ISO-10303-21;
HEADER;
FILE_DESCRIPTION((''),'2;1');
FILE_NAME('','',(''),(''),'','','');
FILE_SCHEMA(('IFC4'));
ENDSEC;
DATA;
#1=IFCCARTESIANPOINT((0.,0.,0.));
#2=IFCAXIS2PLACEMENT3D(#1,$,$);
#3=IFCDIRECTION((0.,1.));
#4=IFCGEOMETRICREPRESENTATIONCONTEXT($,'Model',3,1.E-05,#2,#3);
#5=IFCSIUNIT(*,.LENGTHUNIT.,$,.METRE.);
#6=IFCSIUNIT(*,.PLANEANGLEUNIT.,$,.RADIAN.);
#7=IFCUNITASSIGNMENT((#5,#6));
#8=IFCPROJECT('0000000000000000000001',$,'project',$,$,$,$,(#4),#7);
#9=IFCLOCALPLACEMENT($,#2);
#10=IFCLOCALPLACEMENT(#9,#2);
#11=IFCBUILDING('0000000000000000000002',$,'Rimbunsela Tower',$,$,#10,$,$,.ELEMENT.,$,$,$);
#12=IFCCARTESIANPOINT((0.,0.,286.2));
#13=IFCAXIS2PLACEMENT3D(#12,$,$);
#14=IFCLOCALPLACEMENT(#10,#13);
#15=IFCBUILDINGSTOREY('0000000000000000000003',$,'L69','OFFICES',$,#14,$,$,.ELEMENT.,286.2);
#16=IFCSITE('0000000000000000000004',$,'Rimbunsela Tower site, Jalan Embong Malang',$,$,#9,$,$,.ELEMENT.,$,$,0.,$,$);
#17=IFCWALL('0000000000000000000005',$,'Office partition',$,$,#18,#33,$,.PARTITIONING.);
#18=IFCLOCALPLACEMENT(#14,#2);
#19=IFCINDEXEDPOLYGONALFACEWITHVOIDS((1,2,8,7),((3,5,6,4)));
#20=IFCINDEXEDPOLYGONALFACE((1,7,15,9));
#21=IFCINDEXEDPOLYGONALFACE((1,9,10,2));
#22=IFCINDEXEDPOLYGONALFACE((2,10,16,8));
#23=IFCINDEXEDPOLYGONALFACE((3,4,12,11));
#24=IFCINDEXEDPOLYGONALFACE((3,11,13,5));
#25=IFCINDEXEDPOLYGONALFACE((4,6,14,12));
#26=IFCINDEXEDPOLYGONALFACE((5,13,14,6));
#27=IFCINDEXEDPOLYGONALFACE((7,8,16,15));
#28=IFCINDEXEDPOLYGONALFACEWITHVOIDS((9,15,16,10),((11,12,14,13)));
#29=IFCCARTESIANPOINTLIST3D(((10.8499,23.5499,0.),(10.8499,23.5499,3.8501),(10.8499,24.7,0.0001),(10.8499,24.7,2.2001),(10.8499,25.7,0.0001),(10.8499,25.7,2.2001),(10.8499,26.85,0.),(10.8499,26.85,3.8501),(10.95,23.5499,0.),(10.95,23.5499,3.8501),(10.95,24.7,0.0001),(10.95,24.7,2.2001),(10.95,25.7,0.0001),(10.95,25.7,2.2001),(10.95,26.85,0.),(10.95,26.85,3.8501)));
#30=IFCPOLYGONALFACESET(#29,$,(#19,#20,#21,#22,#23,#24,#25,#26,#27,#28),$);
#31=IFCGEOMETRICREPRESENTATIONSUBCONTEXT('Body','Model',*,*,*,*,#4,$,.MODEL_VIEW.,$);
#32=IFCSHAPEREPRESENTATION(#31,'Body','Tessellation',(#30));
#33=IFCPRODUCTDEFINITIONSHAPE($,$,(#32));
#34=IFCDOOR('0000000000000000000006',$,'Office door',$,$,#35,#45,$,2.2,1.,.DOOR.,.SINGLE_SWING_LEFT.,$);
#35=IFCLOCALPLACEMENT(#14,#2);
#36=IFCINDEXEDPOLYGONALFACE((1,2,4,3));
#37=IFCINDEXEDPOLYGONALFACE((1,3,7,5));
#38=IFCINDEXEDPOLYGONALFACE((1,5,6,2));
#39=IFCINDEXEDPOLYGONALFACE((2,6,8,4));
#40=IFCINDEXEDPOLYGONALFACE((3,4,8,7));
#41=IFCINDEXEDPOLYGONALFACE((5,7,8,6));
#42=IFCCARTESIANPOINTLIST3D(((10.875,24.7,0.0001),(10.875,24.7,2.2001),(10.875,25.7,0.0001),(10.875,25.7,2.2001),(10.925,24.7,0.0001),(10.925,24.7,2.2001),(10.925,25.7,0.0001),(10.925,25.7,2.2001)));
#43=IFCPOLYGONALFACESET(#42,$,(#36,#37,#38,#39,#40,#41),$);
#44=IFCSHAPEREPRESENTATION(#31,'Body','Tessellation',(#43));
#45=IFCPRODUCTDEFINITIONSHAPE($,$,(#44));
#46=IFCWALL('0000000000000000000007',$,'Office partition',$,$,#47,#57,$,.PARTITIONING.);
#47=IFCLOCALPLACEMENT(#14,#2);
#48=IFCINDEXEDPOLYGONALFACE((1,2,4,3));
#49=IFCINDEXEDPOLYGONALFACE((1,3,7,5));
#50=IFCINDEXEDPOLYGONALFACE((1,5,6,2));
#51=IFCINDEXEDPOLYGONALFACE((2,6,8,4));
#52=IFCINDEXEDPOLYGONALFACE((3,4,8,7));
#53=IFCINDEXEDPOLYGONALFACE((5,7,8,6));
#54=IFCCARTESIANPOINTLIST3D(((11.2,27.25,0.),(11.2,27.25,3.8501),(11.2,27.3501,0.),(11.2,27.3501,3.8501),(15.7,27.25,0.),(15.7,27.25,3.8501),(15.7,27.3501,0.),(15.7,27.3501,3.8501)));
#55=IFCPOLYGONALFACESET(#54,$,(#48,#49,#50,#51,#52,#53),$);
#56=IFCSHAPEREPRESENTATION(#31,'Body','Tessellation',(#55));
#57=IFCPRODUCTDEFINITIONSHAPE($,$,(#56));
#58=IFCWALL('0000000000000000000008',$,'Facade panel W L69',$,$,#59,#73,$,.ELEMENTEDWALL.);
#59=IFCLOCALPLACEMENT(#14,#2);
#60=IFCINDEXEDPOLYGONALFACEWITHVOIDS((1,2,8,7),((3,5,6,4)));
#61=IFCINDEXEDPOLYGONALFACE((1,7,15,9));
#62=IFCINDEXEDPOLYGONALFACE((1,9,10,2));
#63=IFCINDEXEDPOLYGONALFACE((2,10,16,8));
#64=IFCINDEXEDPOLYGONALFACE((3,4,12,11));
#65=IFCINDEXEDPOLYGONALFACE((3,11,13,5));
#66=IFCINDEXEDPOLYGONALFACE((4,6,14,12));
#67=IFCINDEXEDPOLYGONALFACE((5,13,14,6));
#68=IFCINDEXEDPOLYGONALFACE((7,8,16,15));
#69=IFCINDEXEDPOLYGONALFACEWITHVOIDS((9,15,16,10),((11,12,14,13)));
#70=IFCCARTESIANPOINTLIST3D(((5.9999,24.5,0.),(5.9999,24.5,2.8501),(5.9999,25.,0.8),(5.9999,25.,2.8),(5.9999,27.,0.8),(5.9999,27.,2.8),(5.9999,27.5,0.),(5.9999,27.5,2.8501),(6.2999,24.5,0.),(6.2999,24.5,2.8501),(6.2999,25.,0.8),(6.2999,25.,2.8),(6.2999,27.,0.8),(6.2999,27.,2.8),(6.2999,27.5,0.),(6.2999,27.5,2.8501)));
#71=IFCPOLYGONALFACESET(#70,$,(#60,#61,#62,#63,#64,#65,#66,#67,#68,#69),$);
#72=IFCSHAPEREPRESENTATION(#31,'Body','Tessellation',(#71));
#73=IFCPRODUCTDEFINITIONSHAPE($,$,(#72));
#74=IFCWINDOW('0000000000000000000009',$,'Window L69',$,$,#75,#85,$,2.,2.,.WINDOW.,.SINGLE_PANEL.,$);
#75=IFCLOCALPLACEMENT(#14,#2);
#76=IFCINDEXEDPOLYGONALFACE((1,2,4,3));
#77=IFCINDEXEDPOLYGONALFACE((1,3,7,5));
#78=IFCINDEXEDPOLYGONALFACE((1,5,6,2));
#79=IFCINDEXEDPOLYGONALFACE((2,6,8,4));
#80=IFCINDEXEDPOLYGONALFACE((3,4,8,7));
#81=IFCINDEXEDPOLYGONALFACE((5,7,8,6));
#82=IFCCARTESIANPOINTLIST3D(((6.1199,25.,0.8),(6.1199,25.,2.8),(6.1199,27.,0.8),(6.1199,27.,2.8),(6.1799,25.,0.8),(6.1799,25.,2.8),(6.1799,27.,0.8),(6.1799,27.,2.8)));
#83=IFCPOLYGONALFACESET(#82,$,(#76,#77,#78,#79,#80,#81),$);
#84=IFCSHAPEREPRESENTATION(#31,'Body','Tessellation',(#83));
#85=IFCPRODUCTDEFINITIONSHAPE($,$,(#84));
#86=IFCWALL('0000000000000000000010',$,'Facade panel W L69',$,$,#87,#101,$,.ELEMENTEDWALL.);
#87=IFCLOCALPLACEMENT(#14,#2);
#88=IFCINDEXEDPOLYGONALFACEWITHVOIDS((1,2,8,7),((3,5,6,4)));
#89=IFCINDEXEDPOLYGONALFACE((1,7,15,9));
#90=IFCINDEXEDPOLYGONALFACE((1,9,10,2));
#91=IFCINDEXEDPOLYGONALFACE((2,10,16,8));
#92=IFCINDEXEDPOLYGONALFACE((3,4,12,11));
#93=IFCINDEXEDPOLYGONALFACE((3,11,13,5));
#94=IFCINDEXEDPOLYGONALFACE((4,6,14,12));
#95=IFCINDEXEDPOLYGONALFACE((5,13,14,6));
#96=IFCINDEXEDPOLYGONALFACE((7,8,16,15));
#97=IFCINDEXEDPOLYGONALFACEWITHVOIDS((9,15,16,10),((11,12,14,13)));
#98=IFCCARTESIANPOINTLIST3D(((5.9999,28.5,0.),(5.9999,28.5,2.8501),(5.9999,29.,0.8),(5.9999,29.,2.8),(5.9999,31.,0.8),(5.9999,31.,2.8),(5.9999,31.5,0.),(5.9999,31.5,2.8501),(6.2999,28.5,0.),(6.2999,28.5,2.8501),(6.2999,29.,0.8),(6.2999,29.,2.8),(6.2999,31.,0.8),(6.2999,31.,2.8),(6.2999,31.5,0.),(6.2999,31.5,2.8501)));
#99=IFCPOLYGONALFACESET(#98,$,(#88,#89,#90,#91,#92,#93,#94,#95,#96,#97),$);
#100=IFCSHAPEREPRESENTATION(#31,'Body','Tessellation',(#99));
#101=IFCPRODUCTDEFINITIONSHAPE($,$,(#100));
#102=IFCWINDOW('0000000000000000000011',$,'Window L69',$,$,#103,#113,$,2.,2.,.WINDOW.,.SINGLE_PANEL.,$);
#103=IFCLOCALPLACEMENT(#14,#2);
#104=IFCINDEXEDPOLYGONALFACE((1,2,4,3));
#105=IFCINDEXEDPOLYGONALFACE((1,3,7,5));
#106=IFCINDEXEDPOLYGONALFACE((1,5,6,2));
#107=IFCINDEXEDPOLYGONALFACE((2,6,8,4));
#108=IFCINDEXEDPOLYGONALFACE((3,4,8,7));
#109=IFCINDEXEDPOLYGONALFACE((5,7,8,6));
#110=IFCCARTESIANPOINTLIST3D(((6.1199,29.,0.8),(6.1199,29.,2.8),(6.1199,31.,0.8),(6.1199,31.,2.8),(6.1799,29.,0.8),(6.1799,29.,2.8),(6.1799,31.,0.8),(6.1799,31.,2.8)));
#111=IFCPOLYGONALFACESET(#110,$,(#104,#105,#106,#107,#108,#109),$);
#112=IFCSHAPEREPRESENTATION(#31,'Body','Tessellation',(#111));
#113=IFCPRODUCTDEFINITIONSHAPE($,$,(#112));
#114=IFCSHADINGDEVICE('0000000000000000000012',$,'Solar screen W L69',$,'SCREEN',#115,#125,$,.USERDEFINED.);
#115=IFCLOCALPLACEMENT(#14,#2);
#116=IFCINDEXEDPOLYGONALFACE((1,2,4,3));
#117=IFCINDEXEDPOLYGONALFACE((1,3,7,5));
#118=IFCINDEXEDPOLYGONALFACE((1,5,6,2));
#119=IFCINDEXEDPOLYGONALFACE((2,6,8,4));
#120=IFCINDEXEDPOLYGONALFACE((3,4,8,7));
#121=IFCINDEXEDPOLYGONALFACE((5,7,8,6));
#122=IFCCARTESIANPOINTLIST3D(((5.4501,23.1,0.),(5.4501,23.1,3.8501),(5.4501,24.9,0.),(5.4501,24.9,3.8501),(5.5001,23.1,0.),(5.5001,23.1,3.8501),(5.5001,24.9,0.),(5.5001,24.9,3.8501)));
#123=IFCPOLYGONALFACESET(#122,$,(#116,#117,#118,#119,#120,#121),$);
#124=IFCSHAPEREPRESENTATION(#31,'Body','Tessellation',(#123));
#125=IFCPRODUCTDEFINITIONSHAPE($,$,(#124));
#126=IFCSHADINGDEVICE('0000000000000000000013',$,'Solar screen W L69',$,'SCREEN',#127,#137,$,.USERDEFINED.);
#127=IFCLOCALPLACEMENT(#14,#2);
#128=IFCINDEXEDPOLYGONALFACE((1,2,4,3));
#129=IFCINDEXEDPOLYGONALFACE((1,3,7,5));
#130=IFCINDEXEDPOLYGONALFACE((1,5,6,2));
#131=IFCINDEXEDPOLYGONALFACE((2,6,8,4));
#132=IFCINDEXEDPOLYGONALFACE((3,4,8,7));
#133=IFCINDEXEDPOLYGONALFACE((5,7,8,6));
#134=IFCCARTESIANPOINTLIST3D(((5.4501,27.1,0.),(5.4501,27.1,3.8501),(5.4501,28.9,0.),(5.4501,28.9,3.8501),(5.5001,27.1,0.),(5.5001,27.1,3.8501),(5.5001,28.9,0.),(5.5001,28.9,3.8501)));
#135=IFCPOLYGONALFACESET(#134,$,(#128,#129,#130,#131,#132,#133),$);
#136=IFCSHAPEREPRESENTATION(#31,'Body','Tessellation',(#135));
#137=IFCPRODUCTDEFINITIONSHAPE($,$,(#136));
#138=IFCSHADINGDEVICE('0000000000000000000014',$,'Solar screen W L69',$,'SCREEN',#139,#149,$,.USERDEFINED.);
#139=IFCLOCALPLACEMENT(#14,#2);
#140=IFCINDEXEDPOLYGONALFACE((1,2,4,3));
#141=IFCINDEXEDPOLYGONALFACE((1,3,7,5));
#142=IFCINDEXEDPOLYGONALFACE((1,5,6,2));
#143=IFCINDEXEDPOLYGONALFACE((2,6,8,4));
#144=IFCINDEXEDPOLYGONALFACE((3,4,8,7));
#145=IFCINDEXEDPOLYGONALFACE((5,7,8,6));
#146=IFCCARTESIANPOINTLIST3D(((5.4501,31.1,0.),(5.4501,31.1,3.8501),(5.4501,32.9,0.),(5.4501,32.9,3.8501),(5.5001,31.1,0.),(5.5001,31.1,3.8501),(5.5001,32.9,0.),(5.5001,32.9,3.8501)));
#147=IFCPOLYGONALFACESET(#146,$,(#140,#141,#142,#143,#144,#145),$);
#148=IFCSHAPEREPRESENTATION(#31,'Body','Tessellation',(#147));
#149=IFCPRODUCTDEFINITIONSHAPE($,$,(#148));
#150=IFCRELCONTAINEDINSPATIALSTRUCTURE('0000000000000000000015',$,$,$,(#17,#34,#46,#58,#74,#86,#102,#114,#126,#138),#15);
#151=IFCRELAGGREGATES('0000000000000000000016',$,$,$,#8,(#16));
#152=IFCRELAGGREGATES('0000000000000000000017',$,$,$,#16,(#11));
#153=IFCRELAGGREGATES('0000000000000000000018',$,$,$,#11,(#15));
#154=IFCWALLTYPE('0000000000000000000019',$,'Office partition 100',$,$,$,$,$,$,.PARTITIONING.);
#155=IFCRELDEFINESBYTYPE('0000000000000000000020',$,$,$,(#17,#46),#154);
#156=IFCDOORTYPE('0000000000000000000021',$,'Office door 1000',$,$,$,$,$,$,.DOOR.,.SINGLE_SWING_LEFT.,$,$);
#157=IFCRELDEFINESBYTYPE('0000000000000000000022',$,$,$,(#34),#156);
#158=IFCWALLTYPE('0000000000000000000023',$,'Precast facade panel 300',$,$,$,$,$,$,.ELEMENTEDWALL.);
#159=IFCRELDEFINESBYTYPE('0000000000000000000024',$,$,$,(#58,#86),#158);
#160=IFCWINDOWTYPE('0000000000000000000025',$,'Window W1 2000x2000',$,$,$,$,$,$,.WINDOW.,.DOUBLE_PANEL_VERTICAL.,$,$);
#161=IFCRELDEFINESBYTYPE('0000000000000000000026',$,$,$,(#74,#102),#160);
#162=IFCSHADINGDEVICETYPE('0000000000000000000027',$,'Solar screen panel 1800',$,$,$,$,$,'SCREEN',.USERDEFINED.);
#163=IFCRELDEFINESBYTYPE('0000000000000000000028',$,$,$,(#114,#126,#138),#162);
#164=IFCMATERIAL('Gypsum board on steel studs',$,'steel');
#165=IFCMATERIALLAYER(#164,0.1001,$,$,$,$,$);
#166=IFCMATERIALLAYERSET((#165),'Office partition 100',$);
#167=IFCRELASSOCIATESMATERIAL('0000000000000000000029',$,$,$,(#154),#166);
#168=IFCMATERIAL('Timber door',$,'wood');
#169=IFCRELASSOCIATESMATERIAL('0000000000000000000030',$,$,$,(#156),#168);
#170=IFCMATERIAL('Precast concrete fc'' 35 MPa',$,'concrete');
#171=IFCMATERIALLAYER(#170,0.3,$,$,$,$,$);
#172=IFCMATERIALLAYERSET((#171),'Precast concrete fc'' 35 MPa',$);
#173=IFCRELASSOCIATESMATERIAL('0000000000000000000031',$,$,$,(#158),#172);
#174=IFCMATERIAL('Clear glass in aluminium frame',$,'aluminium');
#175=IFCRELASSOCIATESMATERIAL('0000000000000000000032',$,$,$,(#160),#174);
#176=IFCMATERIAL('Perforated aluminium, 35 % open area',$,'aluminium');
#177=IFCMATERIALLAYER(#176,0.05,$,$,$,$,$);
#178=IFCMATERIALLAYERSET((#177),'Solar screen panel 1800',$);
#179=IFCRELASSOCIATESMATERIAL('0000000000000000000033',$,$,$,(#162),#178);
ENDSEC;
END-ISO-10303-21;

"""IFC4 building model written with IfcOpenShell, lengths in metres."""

from ifc_helpers import new_model, si_unit, direction, frame, frame_2d, origin, origin_2d, place, context, subcontext, project, spatial, rectangle, extrude, material, layer, layer_set, type_object, element, fill, save


model = new_model("IFC4")

# Units and contexts
model_context = context("Model", 3, precision=1e-05, world=origin(), true_north=direction((0.0, 1.0)))
body_context = subcontext(model_context, "Body", "Model", "MODEL_VIEW")
ifc_project = project(units=[si_unit("LENGTHUNIT", "METRE"), si_unit("PLANEANGLEUNIT", "RADIAN")], contexts=[model_context])

# Site, building, storey
site_placement = place(None, origin())
site = spatial("IfcSite", under=ifc_project, at=site_placement, Name="Rimbunsela Tower site, Jalan Embong Malang", CompositionType="ELEMENT", RefElevation=0.0)
building_placement = place(site_placement, origin())
building = spatial("IfcBuilding", under=site, at=building_placement, Name="Rimbunsela Tower", CompositionType="ELEMENT")
storey_placement = place(building_placement, frame((0.0, 0.0, 286.2)))
storey = spatial("IfcBuildingStorey", under=building, at=storey_placement, Name="L69", Description="OFFICES", CompositionType="ELEMENT", Elevation=286.2)

# Shared definitions
ifc_material_1 = material(Name="Gypsum board on steel studs", Category="steel")
ifc_layer_1 = layer(ifc_material_1, 0.1001)
ifc_layer_set_1 = layer_set([ifc_layer_1], Name="Office partition 100")
wall_type_1 = type_object("IfcWallType", Name="Office partition 100", PredefinedType="PARTITIONING", material=ifc_layer_set_1)

# Shared definitions
ifc_material_2 = material(Name="Timber door", Category="wood")
door_type_1 = type_object("IfcDoorType", Name="Office door 1000", OperationType="SINGLE_SWING_LEFT", PredefinedType="DOOR", material=ifc_material_2)

# Wall, opening, door
wall_1_placement = place(storey_placement, frame((10.8999, 23.55, 0.0), z_axis=(0.0, 0.0, 1.0), x_axis=(0.0, 1.0, 0.0)))
wall_1 = element("IfcWall", 1, at=wall_1_placement, inside=storey, type_object=wall_type_1, Name="Office partition", PredefinedType="PARTITIONING", context=body_context, shape_type="SweptSolid", body=[
    extrude(rectangle(XDim=3.3, YDim=0.1001, at=frame_2d((1.6499, 0.0))), origin(), (0.0, 0.0, 1.0), 3.8501),
])
opening_1_placement = place(wall_1_placement, frame((1.1499, 0.0, 0.0)))
opening_1 = element("IfcOpeningElement", 2, at=opening_1_placement, cuts=wall_1, PredefinedType="OPENING", context=body_context, shape_type="SweptSolid", body=[
    extrude(rectangle(XDim=1.0, YDim=2.2, at=frame_2d((0.5, 1.1001))), frame((0.0, 0.0601, 0.0), z_axis=(0.0, -1.0, 0.0), x_axis=(1.0, 0.0, 0.0)), (0.0, 0.0, 1.0), 0.1201),
])
door_1_placement = place(opening_1_placement, origin())
door_1 = element("IfcDoor", 3, at=door_1_placement, inside=storey, type_object=door_type_1, Name="Office door", OperationType="SINGLE_SWING_LEFT", OverallHeight=2.2, OverallWidth=1.0, PredefinedType="DOOR", context=body_context, shape_type="SweptSolid", body=[
    extrude(rectangle(XDim=1.0, YDim=2.2, at=frame_2d((0.5, 1.1001))), frame((0.0, 0.0249, 0.0), z_axis=(0.0, -1.0, 0.0), x_axis=(1.0, 0.0, 0.0)), (0.0, 0.0, 1.0), 0.05),
])
fill(opening_1, door_1)

# Wall
wall_2_placement = place(storey_placement, frame((11.2, 27.3, 0.0), z_axis=(0.0, 0.0, 1.0), x_axis=(1.0, 0.0, 0.0)))
element("IfcWall", 4, at=wall_2_placement, inside=storey, type_object=wall_type_1, Name="Office partition", PredefinedType="PARTITIONING", context=body_context, shape_type="SweptSolid", body=[
    extrude(rectangle(XDim=4.5, YDim=0.1001, at=frame_2d((2.25, 0.0))), origin(), (0.0, 0.0, 1.0), 3.8501),
])

# Walls, openings, windows
ifc_material_3 = material(Name="Precast concrete fc' 35 MPa", Category="concrete")
ifc_layer_2 = layer(ifc_material_3, 0.3)
ifc_layer_set_2 = layer_set([ifc_layer_2], Name="Precast concrete fc' 35 MPa")
wall_type_2 = type_object("IfcWallType", Name="Precast facade panel 300", PredefinedType="ELEMENTEDWALL", material=ifc_layer_set_2)
wall_3_placement = place(storey_placement, frame((6.1499, 27.5, 0.0), z_axis=(0.0, 0.0, 1.0), x_axis=(0.0, -1.0, 0.0)))
wall_3 = element("IfcWall", 5, at=wall_3_placement, inside=storey, type_object=wall_type_2, Name="Facade panel W L69", PredefinedType="ELEMENTEDWALL", context=body_context, shape_type="SweptSolid", body=[
    extrude(rectangle(XDim=3.0, YDim=0.3, at=frame_2d((1.5, 0.0))), origin(), (0.0, 0.0, 1.0), 2.8501),
])
opening_2_placement = place(wall_3_placement, frame((0.5, 0.0, 0.8)))
opening_2 = element("IfcOpeningElement", 6, at=opening_2_placement, cuts=wall_3, PredefinedType="OPENING", context=body_context, shape_type="SweptSolid", body=[
    extrude(rectangle(XDim=2.0, YDim=2.0, at=frame_2d((1.0, 1.0))), frame((0.0, 0.1599, 0.0), z_axis=(0.0, -1.0, 0.0), x_axis=(1.0, 0.0, 0.0)), (0.0, 0.0, 1.0), 0.3201),
])
ifc_material_4 = material(Name="Clear glass in aluminium frame", Category="aluminium")
window_type = type_object("IfcWindowType", Name="Window W1 2000x2000", PartitioningType="DOUBLE_PANEL_VERTICAL", PredefinedType="WINDOW", material=ifc_material_4)
window_1_placement = place(opening_2_placement, origin())
window_1 = element("IfcWindow", 7, at=window_1_placement, inside=storey, type_object=window_type, Name="Window L69", OverallHeight=2.0, OverallWidth=2.0, PartitioningType="SINGLE_PANEL", PredefinedType="WINDOW", context=body_context, shape_type="SweptSolid", body=[
    extrude(rectangle(XDim=2.0, YDim=2.0, at=frame_2d((1.0, 1.0))), frame((0.0, 0.03, 0.0), z_axis=(0.0, -1.0, 0.0), x_axis=(1.0, 0.0, 0.0)), (0.0, 0.0, 1.0), 0.0601),
])
fill(opening_2, window_1)
wall_4_placement = place(storey_placement, frame((6.1499, 31.5, 0.0), z_axis=(0.0, 0.0, 1.0), x_axis=(0.0, -1.0, 0.0)))
wall_4 = element("IfcWall", 8, at=wall_4_placement, inside=storey, type_object=wall_type_2, Name="Facade panel W L69", PredefinedType="ELEMENTEDWALL", context=body_context, shape_type="SweptSolid", body=[
    extrude(rectangle(XDim=3.0, YDim=0.3, at=frame_2d((1.5, 0.0))), origin(), (0.0, 0.0, 1.0), 2.8501),
])
opening_3_placement = place(wall_4_placement, frame((0.5, 0.0, 0.8)))
opening_3 = element("IfcOpeningElement", 9, at=opening_3_placement, cuts=wall_4, PredefinedType="OPENING", context=body_context, shape_type="SweptSolid", body=[
    extrude(rectangle(XDim=2.0, YDim=2.0, at=frame_2d((1.0, 1.0))), frame((0.0, 0.1599, 0.0), z_axis=(0.0, -1.0, 0.0), x_axis=(1.0, 0.0, 0.0)), (0.0, 0.0, 1.0), 0.3201),
])
window_2_placement = place(opening_3_placement, origin())
window_2 = element("IfcWindow", 10, at=window_2_placement, inside=storey, type_object=window_type, Name="Window L69", OverallHeight=2.0, OverallWidth=2.0, PartitioningType="SINGLE_PANEL", PredefinedType="WINDOW", context=body_context, shape_type="SweptSolid", body=[
    extrude(rectangle(XDim=2.0, YDim=2.0, at=frame_2d((1.0, 1.0))), frame((0.0, 0.03, 0.0), z_axis=(0.0, -1.0, 0.0), x_axis=(1.0, 0.0, 0.0)), (0.0, 0.0, 1.0), 0.0601),
])
fill(opening_3, window_2)

# Shading devices
ifc_material_5 = material(Name="Perforated aluminium, 35 % open area", Category="aluminium")
ifc_layer_3 = layer(ifc_material_5, 0.05)
ifc_layer_set_3 = layer_set([ifc_layer_3], Name="Solar screen panel 1800")
shading_device_type = type_object("IfcShadingDeviceType", Name="Solar screen panel 1800", ElementType="SCREEN", PredefinedType="USERDEFINED", material=ifc_layer_set_3)
for number, where, z_axis, x_axis, name in (
    (11, (5.4751, 24.0, 0.0), (0.0, 0.0, 1.0), (0.0, 1.0, 0.0), "Solar screen W L69"),
    (12, (5.4751, 28.0, 0.0), (0.0, 0.0, 1.0), (0.0, 1.0, 0.0), "Solar screen W L69"),
    (13, (5.4751, 32.0, 0.0), (0.0, 0.0, 1.0), (0.0, 1.0, 0.0), "Solar screen W L69"),
):
    element("IfcShadingDevice", number, at=place(storey_placement, frame(where, z_axis=z_axis, x_axis=x_axis)), inside=storey, type_object=shading_device_type, Name=name, ObjectType="SCREEN", PredefinedType="USERDEFINED", context=body_context, shape_type="SweptSolid", body=[
        extrude(rectangle(XDim=1.8, YDim=0.05, at=origin_2d()), origin(), (0.0, 0.0, 1.0), 3.8501),
    ])

save(model, "model.ifc")
